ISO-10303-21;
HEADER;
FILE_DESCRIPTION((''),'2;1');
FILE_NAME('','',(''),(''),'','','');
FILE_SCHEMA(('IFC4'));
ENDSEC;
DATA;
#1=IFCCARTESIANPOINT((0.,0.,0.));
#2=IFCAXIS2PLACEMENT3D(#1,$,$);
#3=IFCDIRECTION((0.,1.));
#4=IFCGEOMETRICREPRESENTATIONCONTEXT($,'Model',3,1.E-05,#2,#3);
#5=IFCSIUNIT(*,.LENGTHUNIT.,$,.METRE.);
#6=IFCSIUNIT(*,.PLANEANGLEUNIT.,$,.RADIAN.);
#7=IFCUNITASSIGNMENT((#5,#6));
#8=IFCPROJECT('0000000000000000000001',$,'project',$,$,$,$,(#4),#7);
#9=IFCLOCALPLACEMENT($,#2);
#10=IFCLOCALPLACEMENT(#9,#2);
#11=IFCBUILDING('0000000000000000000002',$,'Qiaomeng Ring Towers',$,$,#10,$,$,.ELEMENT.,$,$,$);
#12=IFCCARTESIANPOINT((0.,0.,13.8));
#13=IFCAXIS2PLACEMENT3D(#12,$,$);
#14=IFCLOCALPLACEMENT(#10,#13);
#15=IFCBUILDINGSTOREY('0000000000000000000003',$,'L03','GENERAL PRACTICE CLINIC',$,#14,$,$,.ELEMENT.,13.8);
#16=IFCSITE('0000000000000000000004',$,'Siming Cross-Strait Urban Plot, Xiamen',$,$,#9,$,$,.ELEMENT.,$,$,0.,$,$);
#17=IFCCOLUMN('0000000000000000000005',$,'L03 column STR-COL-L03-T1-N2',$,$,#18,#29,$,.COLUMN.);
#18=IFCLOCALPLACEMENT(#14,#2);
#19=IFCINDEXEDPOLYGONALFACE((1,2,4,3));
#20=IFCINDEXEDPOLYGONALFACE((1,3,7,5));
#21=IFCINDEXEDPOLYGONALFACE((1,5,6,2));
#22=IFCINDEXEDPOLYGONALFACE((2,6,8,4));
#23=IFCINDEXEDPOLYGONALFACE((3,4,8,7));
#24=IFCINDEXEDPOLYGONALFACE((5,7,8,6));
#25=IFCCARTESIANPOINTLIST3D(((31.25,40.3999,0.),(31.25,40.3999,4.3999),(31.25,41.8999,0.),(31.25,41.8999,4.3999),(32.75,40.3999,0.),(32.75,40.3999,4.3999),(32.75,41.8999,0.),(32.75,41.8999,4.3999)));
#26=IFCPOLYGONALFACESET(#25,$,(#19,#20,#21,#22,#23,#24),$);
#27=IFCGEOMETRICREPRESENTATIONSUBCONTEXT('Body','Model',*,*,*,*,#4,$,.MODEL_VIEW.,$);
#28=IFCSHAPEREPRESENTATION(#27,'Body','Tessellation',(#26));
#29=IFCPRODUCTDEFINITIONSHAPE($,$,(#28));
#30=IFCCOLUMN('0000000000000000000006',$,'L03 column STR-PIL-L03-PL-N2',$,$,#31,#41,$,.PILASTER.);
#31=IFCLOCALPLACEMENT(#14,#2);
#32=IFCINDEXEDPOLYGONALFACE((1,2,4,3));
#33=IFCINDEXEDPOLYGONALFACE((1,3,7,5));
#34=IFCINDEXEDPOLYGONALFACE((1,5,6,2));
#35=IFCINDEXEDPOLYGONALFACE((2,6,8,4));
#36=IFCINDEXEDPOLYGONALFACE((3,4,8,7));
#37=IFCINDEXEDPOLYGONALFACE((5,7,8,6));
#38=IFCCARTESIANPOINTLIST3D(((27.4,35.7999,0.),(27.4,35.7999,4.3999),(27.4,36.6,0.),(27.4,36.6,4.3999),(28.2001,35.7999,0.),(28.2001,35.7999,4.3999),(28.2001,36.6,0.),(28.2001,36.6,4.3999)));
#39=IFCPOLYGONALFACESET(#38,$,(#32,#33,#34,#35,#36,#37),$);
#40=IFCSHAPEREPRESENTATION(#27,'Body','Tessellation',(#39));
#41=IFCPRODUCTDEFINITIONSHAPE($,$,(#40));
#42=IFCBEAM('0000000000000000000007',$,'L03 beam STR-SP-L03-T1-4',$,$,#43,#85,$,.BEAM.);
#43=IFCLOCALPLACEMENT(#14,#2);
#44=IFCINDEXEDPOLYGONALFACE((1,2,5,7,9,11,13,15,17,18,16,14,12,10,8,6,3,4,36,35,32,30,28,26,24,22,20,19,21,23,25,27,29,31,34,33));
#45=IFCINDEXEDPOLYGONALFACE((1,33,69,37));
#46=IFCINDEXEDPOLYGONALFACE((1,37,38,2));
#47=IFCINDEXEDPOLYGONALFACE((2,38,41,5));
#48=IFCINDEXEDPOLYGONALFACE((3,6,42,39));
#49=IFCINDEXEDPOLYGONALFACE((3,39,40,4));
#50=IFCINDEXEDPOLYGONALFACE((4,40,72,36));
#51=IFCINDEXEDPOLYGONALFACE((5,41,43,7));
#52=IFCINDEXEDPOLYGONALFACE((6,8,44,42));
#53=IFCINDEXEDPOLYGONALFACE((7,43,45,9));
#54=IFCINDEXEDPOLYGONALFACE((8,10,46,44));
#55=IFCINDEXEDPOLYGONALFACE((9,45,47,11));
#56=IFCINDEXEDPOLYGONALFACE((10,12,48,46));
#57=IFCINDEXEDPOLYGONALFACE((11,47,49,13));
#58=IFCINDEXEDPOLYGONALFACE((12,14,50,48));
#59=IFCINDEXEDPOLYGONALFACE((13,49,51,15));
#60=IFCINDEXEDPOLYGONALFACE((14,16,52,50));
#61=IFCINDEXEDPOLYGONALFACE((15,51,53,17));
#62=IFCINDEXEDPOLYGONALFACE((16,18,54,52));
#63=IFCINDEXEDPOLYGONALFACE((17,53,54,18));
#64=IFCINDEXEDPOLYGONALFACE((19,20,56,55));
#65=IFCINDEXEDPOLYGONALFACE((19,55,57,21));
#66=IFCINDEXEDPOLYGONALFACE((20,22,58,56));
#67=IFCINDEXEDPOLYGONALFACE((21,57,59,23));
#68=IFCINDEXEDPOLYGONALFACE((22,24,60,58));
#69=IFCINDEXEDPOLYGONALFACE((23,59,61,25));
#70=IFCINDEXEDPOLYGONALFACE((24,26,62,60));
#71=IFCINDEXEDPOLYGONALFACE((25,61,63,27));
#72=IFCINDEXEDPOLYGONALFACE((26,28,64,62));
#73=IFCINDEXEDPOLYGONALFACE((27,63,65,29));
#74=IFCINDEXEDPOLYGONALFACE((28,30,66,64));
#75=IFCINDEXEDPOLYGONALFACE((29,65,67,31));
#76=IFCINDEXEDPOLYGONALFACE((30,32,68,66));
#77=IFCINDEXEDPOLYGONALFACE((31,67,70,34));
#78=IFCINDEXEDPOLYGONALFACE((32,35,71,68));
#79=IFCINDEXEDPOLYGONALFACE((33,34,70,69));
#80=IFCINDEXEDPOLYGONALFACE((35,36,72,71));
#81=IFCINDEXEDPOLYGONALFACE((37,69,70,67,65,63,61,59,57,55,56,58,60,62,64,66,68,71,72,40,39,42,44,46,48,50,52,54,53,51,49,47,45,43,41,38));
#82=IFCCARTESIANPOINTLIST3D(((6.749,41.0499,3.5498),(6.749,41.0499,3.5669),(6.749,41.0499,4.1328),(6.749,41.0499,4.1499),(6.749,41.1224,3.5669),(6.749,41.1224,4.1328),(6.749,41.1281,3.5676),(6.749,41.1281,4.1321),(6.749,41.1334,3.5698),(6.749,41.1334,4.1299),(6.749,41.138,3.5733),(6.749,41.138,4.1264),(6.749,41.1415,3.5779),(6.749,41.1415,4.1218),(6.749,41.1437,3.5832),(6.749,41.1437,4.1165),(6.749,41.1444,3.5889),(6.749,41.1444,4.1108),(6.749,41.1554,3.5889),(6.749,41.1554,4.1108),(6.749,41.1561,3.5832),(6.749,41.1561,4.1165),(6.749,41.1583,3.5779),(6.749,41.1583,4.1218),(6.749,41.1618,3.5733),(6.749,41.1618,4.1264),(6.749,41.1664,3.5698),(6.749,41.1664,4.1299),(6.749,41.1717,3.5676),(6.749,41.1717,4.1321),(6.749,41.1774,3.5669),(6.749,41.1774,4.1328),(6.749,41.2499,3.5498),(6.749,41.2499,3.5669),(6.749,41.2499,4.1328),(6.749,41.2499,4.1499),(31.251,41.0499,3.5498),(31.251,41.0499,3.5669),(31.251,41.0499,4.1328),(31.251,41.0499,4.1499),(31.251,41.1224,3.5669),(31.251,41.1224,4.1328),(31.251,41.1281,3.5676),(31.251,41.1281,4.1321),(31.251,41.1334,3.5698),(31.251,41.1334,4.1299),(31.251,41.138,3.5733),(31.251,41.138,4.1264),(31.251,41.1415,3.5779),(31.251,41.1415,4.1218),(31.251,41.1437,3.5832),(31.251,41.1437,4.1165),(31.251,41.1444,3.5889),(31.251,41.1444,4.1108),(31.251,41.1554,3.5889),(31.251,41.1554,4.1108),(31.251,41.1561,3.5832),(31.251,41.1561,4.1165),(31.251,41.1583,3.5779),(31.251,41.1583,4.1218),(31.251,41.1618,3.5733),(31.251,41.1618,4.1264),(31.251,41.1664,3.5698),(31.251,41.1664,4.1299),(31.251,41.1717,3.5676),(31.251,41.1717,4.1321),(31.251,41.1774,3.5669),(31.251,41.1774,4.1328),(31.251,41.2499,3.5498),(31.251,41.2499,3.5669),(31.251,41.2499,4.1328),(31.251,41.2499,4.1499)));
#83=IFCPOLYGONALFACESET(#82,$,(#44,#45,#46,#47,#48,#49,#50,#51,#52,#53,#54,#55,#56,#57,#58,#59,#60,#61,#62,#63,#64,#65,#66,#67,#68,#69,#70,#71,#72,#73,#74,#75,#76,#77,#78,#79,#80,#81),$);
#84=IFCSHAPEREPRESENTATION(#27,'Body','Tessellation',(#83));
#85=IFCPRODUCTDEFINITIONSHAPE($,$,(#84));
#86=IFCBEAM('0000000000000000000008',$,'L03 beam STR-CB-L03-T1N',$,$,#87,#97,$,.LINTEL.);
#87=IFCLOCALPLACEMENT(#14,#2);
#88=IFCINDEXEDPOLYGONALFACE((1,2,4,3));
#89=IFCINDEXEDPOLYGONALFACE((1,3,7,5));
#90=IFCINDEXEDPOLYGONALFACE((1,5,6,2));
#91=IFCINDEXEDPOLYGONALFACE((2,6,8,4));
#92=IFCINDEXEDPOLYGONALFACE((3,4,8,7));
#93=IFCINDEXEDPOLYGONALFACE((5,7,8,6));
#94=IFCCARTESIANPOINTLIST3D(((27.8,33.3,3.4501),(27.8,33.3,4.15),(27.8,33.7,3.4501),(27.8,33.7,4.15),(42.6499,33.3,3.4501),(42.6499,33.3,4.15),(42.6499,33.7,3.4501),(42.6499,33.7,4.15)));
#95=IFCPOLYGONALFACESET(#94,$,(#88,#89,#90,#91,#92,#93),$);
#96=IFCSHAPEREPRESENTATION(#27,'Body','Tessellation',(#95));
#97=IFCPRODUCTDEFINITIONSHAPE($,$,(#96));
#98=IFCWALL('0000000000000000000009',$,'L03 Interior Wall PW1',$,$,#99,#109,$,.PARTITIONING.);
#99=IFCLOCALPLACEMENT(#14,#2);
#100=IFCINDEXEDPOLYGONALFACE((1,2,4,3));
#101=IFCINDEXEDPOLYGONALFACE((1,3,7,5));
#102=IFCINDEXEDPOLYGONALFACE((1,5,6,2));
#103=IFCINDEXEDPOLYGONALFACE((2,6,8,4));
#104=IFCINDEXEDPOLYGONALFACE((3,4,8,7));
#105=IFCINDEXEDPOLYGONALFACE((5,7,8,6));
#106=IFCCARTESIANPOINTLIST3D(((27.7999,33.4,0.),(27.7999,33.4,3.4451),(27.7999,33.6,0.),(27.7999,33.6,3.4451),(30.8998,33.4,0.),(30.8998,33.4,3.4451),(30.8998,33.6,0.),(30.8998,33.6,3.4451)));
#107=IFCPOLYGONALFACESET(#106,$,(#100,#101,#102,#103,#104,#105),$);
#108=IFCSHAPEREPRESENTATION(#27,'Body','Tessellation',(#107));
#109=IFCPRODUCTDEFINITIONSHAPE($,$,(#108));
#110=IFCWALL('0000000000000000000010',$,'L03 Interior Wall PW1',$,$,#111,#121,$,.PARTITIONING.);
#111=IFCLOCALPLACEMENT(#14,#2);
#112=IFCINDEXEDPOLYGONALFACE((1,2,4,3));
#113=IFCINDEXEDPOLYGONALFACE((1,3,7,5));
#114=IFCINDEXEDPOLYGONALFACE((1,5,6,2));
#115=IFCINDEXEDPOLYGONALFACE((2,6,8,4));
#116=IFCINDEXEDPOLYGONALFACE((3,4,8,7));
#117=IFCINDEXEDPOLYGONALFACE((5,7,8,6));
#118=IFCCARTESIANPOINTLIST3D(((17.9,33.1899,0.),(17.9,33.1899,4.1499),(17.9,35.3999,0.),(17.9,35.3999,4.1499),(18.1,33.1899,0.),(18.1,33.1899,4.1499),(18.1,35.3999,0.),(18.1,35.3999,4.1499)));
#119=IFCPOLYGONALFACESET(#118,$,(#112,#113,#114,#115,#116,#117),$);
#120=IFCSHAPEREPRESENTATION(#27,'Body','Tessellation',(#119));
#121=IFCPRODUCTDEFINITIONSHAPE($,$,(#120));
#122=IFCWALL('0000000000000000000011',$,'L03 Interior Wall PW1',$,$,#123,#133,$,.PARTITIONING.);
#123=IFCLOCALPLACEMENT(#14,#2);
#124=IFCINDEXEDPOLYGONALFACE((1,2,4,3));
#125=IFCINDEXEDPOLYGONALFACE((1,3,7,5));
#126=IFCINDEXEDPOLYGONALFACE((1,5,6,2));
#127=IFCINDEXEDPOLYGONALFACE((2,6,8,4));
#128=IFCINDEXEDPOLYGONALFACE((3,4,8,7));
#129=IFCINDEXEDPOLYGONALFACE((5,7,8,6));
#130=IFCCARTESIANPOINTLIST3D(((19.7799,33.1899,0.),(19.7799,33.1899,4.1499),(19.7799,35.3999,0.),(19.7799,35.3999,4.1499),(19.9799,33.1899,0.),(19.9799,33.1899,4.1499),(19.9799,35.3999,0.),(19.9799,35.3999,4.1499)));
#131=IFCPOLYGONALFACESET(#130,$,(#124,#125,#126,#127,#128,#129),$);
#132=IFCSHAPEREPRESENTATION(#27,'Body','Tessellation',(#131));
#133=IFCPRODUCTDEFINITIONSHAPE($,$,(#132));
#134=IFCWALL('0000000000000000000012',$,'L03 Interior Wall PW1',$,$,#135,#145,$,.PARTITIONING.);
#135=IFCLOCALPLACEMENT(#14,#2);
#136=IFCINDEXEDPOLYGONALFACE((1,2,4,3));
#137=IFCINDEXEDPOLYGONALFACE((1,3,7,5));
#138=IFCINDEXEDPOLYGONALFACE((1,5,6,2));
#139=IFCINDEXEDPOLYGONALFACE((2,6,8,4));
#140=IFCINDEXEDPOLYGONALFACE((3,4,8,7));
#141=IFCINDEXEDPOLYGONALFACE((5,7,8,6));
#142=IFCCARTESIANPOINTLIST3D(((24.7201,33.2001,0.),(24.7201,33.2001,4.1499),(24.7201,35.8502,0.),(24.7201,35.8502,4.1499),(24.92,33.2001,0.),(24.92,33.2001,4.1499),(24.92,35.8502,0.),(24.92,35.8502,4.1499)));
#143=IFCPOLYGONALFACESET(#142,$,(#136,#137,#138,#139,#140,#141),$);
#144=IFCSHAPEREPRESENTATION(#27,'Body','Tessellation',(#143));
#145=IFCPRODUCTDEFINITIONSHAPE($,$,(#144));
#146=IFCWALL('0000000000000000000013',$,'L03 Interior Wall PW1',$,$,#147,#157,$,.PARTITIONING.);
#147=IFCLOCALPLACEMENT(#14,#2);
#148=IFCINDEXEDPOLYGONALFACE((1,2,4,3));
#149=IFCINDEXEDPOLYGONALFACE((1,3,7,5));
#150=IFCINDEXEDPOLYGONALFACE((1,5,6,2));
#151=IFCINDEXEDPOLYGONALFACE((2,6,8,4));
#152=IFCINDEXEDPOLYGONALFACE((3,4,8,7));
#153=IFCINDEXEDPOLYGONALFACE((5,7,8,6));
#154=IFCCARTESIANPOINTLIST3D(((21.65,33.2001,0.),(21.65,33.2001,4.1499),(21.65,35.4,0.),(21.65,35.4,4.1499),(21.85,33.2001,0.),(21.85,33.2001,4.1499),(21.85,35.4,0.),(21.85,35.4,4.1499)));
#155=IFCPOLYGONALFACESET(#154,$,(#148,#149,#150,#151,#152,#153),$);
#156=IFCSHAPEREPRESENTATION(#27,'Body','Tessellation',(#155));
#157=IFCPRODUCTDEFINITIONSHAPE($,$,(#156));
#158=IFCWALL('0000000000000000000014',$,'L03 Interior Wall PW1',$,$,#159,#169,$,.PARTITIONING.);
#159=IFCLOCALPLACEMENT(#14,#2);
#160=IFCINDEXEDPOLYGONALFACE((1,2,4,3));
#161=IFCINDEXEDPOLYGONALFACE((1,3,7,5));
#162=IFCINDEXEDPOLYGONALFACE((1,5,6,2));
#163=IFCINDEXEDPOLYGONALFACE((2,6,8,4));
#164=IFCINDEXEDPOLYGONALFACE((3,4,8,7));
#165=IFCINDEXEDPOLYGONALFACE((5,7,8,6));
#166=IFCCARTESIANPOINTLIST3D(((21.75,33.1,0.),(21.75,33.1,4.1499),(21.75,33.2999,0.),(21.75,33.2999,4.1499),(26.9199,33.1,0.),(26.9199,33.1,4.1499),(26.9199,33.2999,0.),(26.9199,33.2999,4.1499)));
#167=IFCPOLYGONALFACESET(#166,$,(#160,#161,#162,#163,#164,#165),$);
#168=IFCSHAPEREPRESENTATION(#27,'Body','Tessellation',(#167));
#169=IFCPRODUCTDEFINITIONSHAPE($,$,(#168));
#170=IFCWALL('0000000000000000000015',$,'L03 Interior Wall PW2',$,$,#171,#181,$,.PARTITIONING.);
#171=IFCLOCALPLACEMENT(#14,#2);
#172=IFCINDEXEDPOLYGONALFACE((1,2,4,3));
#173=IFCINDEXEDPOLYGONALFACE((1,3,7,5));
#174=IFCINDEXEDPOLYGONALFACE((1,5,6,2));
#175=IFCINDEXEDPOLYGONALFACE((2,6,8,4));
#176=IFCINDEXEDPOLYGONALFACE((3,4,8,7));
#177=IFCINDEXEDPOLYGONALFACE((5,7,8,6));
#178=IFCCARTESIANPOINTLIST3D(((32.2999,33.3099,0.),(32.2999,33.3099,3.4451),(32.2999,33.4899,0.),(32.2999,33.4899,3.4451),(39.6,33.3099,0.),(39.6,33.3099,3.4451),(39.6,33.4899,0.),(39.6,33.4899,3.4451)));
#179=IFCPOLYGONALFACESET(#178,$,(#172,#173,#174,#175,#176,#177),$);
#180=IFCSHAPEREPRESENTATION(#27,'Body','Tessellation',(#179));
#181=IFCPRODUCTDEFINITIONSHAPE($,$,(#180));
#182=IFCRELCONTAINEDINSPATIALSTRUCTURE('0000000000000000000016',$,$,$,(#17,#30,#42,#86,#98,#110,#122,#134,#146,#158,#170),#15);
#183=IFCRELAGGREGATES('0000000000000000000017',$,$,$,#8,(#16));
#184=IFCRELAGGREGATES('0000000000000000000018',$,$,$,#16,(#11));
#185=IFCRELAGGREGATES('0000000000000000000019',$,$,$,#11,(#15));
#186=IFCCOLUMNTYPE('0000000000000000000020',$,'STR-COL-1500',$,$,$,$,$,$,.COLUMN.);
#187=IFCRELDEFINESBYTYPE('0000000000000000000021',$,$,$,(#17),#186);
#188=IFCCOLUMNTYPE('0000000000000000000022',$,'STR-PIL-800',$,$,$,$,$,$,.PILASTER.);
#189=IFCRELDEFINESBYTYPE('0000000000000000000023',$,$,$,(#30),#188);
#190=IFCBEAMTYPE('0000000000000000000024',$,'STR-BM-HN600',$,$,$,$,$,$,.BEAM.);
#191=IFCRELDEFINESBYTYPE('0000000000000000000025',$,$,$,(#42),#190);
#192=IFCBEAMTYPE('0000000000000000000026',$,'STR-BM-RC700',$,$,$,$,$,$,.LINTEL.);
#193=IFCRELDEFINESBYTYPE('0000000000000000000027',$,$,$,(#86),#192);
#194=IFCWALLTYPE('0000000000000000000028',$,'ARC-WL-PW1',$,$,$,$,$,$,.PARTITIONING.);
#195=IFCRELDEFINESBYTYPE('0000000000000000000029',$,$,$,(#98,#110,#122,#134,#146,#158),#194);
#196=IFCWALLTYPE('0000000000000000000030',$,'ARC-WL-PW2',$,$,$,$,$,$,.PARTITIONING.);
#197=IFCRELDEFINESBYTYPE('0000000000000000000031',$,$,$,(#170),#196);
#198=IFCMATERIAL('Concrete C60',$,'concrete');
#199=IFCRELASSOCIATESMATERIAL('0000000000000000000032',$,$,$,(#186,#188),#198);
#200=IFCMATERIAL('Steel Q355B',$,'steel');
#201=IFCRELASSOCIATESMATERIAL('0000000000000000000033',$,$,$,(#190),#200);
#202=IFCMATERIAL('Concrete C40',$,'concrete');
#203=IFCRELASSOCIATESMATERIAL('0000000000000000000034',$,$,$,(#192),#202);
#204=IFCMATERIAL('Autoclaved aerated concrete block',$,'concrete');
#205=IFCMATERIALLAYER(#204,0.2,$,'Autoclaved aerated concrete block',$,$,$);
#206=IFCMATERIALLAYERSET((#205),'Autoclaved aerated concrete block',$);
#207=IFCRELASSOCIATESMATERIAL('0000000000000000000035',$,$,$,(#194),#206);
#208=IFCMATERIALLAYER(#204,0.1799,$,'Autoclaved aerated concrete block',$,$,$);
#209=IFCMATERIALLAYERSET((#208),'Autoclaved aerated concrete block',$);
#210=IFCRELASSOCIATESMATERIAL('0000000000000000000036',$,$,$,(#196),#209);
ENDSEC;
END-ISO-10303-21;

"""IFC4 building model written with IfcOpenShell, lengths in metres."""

from ifc_helpers import new_model, si_unit, direction, frame, frame_2d, origin, origin_2d, place, context, subcontext, project, spatial, rectangle, i_section, extrude, source, transform, mapped, material, layer, layer_set, material_profile, profile_set, type_object, element, save


model = new_model("IFC4")

# Units and contexts
model_context = context("Model", 3, precision=1e-05, world=origin(), true_north=direction((0.0, 1.0)))
body_context = subcontext(model_context, "Body", "Model", "MODEL_VIEW")
ifc_project = project(units=[si_unit("LENGTHUNIT", "METRE"), si_unit("PLANEANGLEUNIT", "RADIAN")], contexts=[model_context])

# Site, building, storey
site_placement = place(None, origin())
site = spatial("IfcSite", under=ifc_project, at=site_placement, Name="Siming Cross-Strait Urban Plot, Xiamen", CompositionType="ELEMENT", RefElevation=0.0)
building_placement = place(site_placement, origin())
building = spatial("IfcBuilding", under=site, at=building_placement, Name="Qiaomeng Ring Towers", CompositionType="ELEMENT")
storey_placement = place(building_placement, frame((0.0, 0.0, 13.8)))
storey = spatial("IfcBuildingStorey", under=building, at=storey_placement, Name="L03", Description="GENERAL PRACTICE CLINIC", CompositionType="ELEMENT", Elevation=13.8)

# Columns
ifc_material_1 = material(Name="Concrete C60", Category="concrete")
ifc_material_profile_1 = material_profile(ifc_material_1, rectangle(XDim=1.5, YDim=1.5, at=origin_2d()), Name="RC COL 1500x1500")
ifc_profile_set_1 = profile_set([ifc_material_profile_1], Name="Concrete C60")
column_type_1 = type_object("IfcColumnType", Name="STR-COL-1500", PredefinedType="COLUMN", material=ifc_profile_set_1)
shared_shape_1 = source(origin(), body_context, "Body", "SweptSolid", [
    extrude(rectangle(XDim=1.5, YDim=1.5, at=origin_2d()), origin(), (0.0, 0.0, 1.0), 4.3999),
])
column_1_placement = place(storey_placement, frame((32.0, 41.1499, 0.0), z_axis=(0.0, 0.0, 1.0), x_axis=(1.0, 0.0, 0.0)))
element("IfcColumn", 1, at=column_1_placement, inside=storey, type_object=column_type_1, Name="L03 column STR-COL-L03-T1-N2", PredefinedType="COLUMN", context=body_context, shape_type="MappedRepresentation", body=[
    mapped(shared_shape_1, transform((0.0, 0.0, 0.0), x_axis=(1.0, 0.0, 0.0), y_axis=(0.0, 1.0, 0.0), z_axis=(0.0, 0.0, 1.0), scale=1.0)),
])
ifc_material_profile_2 = material_profile(ifc_material_1, rectangle(XDim=0.8, YDim=0.8, at=origin_2d()), Name="RC COL 800x800")
ifc_profile_set_2 = profile_set([ifc_material_profile_2], Name="Concrete C60")
column_type_2 = type_object("IfcColumnType", Name="STR-PIL-800", PredefinedType="PILASTER", material=ifc_profile_set_2)
shared_shape_2 = source(origin(), body_context, "Body", "SweptSolid", [
    extrude(rectangle(XDim=0.8, YDim=0.8, at=origin_2d()), origin(), (0.0, 0.0, 1.0), 4.3999),
])
column_2_placement = place(storey_placement, frame((27.8, 36.2, 0.0), z_axis=(0.0, 0.0, 1.0), x_axis=(1.0, 0.0, 0.0)))
element("IfcColumn", 2, at=column_2_placement, inside=storey, type_object=column_type_2, Name="L03 column STR-PIL-L03-PL-N2", PredefinedType="PILASTER", context=body_context, shape_type="MappedRepresentation", body=[
    mapped(shared_shape_2, transform((0.0, 0.0, 0.0), x_axis=(1.0, 0.0, 0.0), y_axis=(0.0, 1.0, 0.0), z_axis=(0.0, 0.0, 1.0), scale=1.0)),
])

# Beams
ifc_material_2 = material(Name="Steel Q355B", Category="steel")
ifc_material_profile_3 = material_profile(ifc_material_2, i_section(OverallWidth=0.2, OverallDepth=0.6001, WebThickness=0.011, FlangeThickness=0.0171, FilletRadius=0.022, at=origin_2d()), Name="HN 600x200x11x17")
ifc_profile_set_3 = profile_set([ifc_material_profile_3], Name="Steel Q355B")
beam_type_1 = type_object("IfcBeamType", Name="STR-BM-HN600", PredefinedType="BEAM", material=ifc_profile_set_3)
shared_shape_3 = source(origin(), body_context, "Body", "SweptSolid", [
    extrude(i_section(OverallWidth=0.2, OverallDepth=0.6001, WebThickness=0.011, FlangeThickness=0.0171, FilletRadius=0.022, at=origin_2d()), origin(), (0.0, 0.0, 1.0), 24.502),
])
beam_1_placement = place(storey_placement, frame((31.251, 41.1499, 3.8499), z_axis=(-1.0, 0.0, 0.0), x_axis=(0.0, -1.0, 0.0)))
element("IfcBeam", 3, at=beam_1_placement, inside=storey, type_object=beam_type_1, Name="L03 beam STR-SP-L03-T1-4", PredefinedType="BEAM", context=body_context, shape_type="MappedRepresentation", body=[
    mapped(shared_shape_3, transform((0.0, 0.0, 0.0), x_axis=(1.0, 0.0, 0.0), y_axis=(0.0, 1.0, 0.0), z_axis=(0.0, 0.0, 1.0), scale=1.0)),
])
ifc_material_3 = material(Name="Concrete C40", Category="concrete")
ifc_material_profile_4 = material_profile(ifc_material_3, rectangle(XDim=0.3999, YDim=0.7, at=origin_2d()), Name="RC BM 400x700")
ifc_profile_set_4 = profile_set([ifc_material_profile_4], Name="Concrete C40")
beam_type_2 = type_object("IfcBeamType", Name="STR-BM-RC700", PredefinedType="LINTEL", material=ifc_profile_set_4)
shared_shape_4 = source(origin(), body_context, "Body", "SweptSolid", [
    extrude(rectangle(XDim=0.3999, YDim=0.7, at=origin_2d()), origin(), (0.0, 0.0, 1.0), 14.8499),
])
beam_2_placement = place(storey_placement, frame((27.8, 33.5, 3.8), z_axis=(1.0, 0.0, 0.0), x_axis=(0.0, 1.0, 0.0)))
element("IfcBeam", 4, at=beam_2_placement, inside=storey, type_object=beam_type_2, Name="L03 beam STR-CB-L03-T1N", PredefinedType="LINTEL", context=body_context, shape_type="MappedRepresentation", body=[
    mapped(shared_shape_4, transform((0.0, 0.0, 0.0), x_axis=(1.0, 0.0, 0.0), y_axis=(0.0, 1.0, 0.0), z_axis=(0.0, 0.0, 1.0), scale=1.0)),
])

# Walls
ifc_material_4 = material(Name="Autoclaved aerated concrete block", Category="concrete")
ifc_layer_1 = layer(ifc_material_4, 0.2, Name="Autoclaved aerated concrete block")
ifc_layer_set_1 = layer_set([ifc_layer_1], Name="Autoclaved aerated concrete block")
wall_type_1 = type_object("IfcWallType", Name="ARC-WL-PW1", PredefinedType="PARTITIONING", material=ifc_layer_set_1)
wall_1_placement = place(storey_placement, frame((27.8, 33.5, 0.0), z_axis=(0.0, 0.0, 1.0), x_axis=(1.0, 0.0, 0.0)))
element("IfcWall", 5, at=wall_1_placement, inside=storey, type_object=wall_type_1, Name="L03 Interior Wall PW1", PredefinedType="PARTITIONING", context=body_context, shape_type="SweptSolid", body=[
    extrude(rectangle(XDim=3.0999, YDim=0.2, at=frame_2d((1.5498, 0.0))), origin(), (0.0, 0.0, 1.0), 3.4451),
])
for number, where, z_axis, x_axis, name in (
    (6, (18.0, 33.1899, 0.0), (0.0, 0.0, 1.0), (0.0, 1.0, 0.0), "L03 Interior Wall PW1"),
    (7, (19.8799, 33.1899, 0.0), (0.0, 0.0, 1.0), (0.0, 1.0, 0.0), "L03 Interior Wall PW1"),
):
    element("IfcWall", number, at=place(storey_placement, frame(where, z_axis=z_axis, x_axis=x_axis)), inside=storey, type_object=wall_type_1, Name=name, PredefinedType="PARTITIONING", context=body_context, shape_type="SweptSolid", body=[
        extrude(rectangle(XDim=2.21, YDim=0.2, at=frame_2d((1.105, 0.0))), origin(), (0.0, 0.0, 1.0), 4.1499),
    ])
wall_2_placement = place(storey_placement, frame((24.8201, 33.2, 0.0), z_axis=(0.0, 0.0, 1.0), x_axis=(0.0, 1.0, 0.0)))
element("IfcWall", 8, at=wall_2_placement, inside=storey, type_object=wall_type_1, Name="L03 Interior Wall PW1", PredefinedType="PARTITIONING", context=body_context, shape_type="SweptSolid", body=[
    extrude(rectangle(XDim=2.6501, YDim=0.2, at=frame_2d((1.3252, 0.0))), origin(), (0.0, 0.0, 1.0), 4.1499),
])
wall_3_placement = place(storey_placement, frame((21.75, 33.2, 0.0), z_axis=(0.0, 0.0, 1.0), x_axis=(0.0, 1.0, 0.0)))
element("IfcWall", 9, at=wall_3_placement, inside=storey, type_object=wall_type_1, Name="L03 Interior Wall PW1", PredefinedType="PARTITIONING", context=body_context, shape_type="SweptSolid", body=[
    extrude(rectangle(XDim=2.2, YDim=0.2, at=frame_2d((1.1001, 0.0))), origin(), (0.0, 0.0, 1.0), 4.1499),
])
wall_4_placement = place(storey_placement, frame((21.75, 33.2, 0.0), z_axis=(0.0, 0.0, 1.0), x_axis=(1.0, 0.0, 0.0)))
element("IfcWall", 10, at=wall_4_placement, inside=storey, type_object=wall_type_1, Name="L03 Interior Wall PW1", PredefinedType="PARTITIONING", context=body_context, shape_type="SweptSolid", body=[
    extrude(rectangle(XDim=5.1699, YDim=0.2, at=frame_2d((2.585, 0.0))), origin(), (0.0, 0.0, 1.0), 4.1499),
])
ifc_layer_2 = layer(ifc_material_4, 0.1799, Name="Autoclaved aerated concrete block")
ifc_layer_set_2 = layer_set([ifc_layer_2], Name="Autoclaved aerated concrete block")
wall_type_2 = type_object("IfcWallType", Name="ARC-WL-PW2", PredefinedType="PARTITIONING", material=ifc_layer_set_2)
wall_5_placement = place(storey_placement, frame((32.3, 33.3999, 0.0), z_axis=(0.0, 0.0, 1.0), x_axis=(1.0, 0.0, 0.0)))
element("IfcWall", 11, at=wall_5_placement, inside=storey, type_object=wall_type_2, Name="L03 Interior Wall PW2", PredefinedType="PARTITIONING", context=body_context, shape_type="SweptSolid", body=[
    extrude(rectangle(XDim=7.3, YDim=0.1799, at=frame_2d((3.6499, 0.0))), origin(), (0.0, 0.0, 1.0), 3.4451),
])

save(model, "model.ifc")
